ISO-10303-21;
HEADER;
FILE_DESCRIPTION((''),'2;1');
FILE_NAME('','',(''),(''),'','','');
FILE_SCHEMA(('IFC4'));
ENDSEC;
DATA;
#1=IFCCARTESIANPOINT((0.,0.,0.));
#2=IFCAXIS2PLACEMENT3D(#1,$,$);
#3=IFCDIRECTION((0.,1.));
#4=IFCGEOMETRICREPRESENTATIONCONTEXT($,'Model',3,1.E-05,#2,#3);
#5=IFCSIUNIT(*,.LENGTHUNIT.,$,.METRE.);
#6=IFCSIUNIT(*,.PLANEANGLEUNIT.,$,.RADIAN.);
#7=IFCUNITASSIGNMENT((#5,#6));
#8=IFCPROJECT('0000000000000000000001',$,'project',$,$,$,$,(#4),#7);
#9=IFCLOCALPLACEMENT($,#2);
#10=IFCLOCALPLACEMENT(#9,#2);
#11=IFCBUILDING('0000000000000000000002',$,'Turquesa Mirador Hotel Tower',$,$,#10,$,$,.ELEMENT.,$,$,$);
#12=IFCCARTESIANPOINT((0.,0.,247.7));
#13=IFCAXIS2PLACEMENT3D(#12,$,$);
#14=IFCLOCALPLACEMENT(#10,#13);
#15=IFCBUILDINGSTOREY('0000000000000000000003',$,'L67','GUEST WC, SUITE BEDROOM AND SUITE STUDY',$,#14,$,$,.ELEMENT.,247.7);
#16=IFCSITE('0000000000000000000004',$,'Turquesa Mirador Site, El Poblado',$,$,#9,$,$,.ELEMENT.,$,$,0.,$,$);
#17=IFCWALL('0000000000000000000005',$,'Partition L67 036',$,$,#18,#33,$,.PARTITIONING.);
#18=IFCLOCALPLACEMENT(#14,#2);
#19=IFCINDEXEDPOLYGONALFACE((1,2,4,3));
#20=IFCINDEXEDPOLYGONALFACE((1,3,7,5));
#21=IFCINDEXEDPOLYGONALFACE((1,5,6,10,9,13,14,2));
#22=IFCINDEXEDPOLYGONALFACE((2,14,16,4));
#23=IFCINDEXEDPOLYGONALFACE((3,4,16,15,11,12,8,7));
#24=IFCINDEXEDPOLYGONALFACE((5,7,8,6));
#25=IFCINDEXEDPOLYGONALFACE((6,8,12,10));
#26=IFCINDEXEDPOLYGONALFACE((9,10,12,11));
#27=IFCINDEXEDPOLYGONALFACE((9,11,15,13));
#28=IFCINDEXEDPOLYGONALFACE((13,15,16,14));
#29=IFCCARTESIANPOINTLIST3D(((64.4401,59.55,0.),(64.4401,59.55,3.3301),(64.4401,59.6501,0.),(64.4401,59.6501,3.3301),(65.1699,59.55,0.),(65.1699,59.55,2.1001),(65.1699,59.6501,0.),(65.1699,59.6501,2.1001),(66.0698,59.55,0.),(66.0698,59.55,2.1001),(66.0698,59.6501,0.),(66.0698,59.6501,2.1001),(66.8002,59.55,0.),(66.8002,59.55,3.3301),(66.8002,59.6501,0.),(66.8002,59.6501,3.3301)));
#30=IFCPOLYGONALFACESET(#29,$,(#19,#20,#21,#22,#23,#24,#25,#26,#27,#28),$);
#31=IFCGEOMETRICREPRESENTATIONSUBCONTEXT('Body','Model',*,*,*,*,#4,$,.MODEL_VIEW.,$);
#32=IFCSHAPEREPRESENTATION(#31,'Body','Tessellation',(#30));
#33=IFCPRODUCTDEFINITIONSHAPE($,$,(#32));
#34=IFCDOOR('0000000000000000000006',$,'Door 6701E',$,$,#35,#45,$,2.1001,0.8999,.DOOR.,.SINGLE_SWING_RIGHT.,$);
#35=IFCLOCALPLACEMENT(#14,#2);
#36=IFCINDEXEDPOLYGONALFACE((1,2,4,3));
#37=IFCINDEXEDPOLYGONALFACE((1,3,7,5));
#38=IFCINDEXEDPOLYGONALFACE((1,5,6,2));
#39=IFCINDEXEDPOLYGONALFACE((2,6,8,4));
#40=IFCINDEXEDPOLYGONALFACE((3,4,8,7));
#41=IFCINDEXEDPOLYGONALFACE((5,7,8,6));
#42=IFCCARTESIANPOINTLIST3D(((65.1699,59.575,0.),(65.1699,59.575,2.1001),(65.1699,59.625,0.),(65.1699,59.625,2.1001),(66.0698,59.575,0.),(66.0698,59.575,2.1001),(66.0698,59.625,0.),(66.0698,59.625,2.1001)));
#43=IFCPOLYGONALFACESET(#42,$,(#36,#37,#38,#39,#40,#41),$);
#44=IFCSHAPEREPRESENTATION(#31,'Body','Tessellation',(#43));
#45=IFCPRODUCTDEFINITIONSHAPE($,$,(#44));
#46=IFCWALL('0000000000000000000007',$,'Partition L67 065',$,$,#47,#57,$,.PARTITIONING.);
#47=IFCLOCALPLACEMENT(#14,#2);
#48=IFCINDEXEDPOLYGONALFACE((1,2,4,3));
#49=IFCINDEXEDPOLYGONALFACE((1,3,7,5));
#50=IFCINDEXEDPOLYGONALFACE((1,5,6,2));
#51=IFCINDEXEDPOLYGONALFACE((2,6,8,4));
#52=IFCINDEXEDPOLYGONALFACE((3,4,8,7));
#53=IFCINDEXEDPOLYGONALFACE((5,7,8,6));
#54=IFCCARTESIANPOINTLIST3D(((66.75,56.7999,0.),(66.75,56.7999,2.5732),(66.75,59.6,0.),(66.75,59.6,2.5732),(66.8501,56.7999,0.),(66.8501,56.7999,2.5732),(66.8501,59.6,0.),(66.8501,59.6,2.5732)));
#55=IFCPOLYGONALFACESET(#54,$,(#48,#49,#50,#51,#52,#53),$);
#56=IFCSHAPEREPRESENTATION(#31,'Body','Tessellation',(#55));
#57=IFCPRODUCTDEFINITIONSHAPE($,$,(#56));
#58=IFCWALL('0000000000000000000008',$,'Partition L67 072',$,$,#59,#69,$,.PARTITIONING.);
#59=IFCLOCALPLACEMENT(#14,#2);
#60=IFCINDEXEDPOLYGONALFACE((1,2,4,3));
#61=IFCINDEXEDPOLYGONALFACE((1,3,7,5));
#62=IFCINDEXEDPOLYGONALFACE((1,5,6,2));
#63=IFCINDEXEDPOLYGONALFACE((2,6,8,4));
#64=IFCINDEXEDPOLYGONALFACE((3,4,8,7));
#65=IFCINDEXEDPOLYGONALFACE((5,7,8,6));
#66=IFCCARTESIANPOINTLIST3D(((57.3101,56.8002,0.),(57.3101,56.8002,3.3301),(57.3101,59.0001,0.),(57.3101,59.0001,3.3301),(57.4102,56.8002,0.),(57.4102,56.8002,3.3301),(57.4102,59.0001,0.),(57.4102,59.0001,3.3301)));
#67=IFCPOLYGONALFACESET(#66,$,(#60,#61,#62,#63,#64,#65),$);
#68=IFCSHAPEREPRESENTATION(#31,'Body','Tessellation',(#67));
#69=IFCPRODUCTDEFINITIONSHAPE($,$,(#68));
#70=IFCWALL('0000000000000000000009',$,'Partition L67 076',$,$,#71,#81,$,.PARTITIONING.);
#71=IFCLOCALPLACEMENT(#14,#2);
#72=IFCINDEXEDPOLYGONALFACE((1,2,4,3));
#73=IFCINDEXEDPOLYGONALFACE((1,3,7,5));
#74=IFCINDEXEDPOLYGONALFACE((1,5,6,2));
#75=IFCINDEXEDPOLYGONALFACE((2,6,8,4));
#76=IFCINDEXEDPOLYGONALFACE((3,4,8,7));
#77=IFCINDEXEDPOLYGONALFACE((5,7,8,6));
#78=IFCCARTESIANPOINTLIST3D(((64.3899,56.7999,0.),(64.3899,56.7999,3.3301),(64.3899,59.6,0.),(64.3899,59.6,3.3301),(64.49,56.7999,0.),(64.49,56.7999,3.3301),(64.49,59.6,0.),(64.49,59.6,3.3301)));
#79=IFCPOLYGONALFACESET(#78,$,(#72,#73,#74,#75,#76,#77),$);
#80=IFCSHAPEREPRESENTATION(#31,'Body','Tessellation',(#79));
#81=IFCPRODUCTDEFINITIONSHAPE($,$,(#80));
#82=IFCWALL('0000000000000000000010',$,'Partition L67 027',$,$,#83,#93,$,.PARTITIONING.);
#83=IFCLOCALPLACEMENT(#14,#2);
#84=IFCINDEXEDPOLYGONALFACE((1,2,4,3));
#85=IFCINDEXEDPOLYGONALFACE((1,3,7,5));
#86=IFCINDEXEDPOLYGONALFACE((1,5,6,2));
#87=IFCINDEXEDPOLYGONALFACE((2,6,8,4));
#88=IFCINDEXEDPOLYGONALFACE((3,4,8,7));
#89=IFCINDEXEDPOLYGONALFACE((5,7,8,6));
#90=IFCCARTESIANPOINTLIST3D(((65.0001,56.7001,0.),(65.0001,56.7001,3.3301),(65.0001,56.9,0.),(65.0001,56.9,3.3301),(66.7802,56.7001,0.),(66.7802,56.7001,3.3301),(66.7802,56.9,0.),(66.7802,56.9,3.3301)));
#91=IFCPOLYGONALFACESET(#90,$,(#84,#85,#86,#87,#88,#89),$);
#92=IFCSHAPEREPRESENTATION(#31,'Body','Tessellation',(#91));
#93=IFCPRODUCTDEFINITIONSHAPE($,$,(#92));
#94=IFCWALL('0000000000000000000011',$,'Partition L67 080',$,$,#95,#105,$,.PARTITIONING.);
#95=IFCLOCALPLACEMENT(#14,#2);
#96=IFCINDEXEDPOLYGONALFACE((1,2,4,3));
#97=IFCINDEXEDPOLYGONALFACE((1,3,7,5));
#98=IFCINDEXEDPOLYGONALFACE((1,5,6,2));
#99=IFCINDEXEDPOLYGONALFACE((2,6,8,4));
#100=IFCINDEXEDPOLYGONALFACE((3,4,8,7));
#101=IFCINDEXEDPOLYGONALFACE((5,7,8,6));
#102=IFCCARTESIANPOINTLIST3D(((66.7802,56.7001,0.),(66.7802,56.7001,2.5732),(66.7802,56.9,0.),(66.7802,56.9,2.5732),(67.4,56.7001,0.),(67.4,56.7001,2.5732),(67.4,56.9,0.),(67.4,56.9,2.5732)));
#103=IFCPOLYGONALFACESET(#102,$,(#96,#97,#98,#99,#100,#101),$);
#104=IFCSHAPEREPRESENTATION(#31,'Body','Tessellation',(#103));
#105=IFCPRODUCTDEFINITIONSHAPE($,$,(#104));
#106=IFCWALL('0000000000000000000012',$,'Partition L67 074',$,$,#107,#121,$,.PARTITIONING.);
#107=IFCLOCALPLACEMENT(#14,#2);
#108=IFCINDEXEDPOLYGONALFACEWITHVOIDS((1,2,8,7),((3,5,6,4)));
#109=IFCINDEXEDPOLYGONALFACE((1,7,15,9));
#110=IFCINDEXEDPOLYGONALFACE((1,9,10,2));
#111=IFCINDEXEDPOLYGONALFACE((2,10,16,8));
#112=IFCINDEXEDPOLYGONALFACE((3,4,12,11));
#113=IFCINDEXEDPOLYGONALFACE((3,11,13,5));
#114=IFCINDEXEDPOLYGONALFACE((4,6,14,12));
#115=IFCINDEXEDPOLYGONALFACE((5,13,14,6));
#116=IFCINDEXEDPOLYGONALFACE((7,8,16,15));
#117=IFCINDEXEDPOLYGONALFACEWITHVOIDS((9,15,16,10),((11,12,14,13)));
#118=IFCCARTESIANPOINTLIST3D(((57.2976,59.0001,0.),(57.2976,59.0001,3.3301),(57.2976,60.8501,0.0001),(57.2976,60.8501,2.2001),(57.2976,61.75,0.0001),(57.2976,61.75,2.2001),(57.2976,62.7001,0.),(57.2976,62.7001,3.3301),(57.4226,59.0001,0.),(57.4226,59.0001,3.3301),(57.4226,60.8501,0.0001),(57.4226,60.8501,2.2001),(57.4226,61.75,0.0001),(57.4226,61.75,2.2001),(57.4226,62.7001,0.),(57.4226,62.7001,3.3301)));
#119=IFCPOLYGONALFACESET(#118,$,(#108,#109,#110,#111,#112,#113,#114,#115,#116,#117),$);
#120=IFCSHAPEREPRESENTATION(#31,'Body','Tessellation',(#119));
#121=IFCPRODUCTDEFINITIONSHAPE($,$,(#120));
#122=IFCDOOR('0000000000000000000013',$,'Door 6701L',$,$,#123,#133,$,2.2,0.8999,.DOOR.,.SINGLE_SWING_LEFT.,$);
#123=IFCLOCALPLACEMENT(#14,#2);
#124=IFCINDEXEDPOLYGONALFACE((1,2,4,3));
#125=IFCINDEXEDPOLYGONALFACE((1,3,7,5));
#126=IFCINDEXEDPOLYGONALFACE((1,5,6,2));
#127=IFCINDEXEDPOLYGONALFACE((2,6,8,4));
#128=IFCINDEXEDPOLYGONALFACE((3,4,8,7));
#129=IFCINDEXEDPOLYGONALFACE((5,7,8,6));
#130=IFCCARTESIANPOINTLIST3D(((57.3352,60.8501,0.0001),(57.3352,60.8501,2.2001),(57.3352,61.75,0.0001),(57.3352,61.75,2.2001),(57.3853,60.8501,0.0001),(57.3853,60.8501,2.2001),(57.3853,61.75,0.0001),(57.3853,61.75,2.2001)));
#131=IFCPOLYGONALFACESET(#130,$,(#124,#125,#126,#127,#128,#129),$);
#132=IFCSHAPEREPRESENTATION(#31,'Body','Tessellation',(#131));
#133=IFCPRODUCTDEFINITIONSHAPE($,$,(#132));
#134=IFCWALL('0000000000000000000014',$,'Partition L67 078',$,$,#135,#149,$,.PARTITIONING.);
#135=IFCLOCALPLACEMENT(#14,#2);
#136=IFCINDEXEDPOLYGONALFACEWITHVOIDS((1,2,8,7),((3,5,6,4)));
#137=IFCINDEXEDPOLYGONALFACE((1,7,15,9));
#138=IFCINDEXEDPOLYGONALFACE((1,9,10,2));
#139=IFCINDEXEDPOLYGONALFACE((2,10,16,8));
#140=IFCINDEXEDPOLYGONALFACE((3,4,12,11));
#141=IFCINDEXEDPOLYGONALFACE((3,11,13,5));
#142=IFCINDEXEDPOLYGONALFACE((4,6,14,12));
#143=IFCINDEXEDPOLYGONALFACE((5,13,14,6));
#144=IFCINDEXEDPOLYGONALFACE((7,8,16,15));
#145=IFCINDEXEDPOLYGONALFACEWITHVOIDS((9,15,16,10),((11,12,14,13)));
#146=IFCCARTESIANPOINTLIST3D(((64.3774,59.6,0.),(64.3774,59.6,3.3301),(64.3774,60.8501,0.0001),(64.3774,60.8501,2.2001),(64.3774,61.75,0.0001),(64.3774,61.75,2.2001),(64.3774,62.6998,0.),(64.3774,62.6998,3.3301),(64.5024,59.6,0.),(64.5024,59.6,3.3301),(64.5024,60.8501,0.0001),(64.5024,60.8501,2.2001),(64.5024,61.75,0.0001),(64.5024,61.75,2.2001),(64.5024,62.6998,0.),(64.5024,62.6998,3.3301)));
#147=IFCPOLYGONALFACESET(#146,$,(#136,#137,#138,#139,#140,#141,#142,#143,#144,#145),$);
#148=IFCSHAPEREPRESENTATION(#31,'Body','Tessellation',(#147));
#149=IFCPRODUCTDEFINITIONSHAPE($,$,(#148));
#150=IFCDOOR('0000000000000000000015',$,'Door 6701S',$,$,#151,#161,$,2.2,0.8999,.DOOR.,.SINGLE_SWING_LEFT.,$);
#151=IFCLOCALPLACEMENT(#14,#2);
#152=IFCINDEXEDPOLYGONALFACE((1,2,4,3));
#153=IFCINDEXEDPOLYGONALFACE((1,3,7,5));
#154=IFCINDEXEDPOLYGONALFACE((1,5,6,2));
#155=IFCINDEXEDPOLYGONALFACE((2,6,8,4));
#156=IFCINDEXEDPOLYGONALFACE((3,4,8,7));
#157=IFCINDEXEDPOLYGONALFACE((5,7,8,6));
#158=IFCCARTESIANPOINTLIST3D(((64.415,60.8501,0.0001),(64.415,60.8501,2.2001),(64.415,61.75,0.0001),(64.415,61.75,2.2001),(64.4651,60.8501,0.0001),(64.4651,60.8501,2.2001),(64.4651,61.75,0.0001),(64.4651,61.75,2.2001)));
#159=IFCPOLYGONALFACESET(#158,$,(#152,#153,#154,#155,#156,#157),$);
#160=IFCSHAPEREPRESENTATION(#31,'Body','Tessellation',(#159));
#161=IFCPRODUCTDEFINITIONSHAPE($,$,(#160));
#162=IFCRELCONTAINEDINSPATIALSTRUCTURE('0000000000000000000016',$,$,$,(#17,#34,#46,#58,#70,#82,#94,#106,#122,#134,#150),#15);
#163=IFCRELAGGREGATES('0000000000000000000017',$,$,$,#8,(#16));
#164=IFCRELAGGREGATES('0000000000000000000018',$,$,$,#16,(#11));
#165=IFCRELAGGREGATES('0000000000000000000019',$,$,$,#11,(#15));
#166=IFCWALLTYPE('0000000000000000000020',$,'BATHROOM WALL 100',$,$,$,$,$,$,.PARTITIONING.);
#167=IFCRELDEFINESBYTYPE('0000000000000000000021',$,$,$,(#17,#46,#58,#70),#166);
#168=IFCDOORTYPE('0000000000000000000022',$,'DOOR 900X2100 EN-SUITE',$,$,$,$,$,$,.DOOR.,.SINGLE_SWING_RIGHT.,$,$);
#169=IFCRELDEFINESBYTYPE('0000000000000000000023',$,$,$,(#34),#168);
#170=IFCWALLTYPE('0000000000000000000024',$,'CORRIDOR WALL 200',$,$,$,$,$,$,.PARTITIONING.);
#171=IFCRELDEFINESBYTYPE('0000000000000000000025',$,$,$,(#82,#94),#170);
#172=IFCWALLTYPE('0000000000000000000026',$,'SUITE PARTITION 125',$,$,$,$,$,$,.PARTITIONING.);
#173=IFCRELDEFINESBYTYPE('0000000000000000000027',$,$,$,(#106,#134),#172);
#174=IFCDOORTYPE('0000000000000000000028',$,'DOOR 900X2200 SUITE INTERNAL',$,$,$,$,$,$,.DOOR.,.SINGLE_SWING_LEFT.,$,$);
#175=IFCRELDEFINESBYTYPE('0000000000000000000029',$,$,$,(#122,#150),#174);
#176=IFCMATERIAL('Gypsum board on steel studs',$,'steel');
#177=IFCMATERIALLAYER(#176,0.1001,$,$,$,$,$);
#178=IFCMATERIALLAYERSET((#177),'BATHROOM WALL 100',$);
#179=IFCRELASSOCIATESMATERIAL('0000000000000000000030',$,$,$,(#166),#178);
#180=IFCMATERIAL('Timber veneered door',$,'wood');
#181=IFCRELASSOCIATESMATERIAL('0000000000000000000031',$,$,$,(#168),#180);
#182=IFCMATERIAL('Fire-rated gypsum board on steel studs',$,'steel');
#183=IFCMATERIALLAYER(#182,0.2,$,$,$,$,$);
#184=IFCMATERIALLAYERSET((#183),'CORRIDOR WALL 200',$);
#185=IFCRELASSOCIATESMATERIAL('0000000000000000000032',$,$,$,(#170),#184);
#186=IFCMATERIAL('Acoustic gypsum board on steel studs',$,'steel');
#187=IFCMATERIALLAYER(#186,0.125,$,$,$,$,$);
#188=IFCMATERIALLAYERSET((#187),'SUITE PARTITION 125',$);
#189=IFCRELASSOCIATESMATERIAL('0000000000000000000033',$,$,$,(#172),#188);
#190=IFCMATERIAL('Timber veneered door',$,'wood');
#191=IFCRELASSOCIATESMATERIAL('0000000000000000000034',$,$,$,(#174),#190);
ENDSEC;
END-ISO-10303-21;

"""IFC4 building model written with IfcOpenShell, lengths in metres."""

from ifc_helpers import new_model, si_unit, direction, frame, frame_2d, origin, place, context, subcontext, project, spatial, rectangle, extrude, material, layer, layer_set, type_object, element, fill, save


model = new_model("IFC4")

# Units and contexts
model_context = context("Model", 3, precision=1e-05, world=origin(), true_north=direction((0.0, 1.0)))
body_context = subcontext(model_context, "Body", "Model", "MODEL_VIEW")
ifc_project = project(units=[si_unit("LENGTHUNIT", "METRE"), si_unit("PLANEANGLEUNIT", "RADIAN")], contexts=[model_context])

# Site, building, storey
site_placement = place(None, origin())
site = spatial("IfcSite", under=ifc_project, at=site_placement, Name="Turquesa Mirador Site, El Poblado", CompositionType="ELEMENT", RefElevation=0.0)
building_placement = place(site_placement, origin())
building = spatial("IfcBuilding", under=site, at=building_placement, Name="Turquesa Mirador Hotel Tower", CompositionType="ELEMENT")
storey_placement = place(building_placement, frame((0.0, 0.0, 247.7)))
storey = spatial("IfcBuildingStorey", under=building, at=storey_placement, Name="L67", Description="GUEST WC, SUITE BEDROOM AND SUITE STUDY", CompositionType="ELEMENT", Elevation=247.7)

# Shared definitions
ifc_material_1 = material(Name="Gypsum board on steel studs", Category="steel")
ifc_layer_1 = layer(ifc_material_1, 0.1001)
ifc_layer_set_1 = layer_set([ifc_layer_1], Name="BATHROOM WALL 100")
wall_type_1 = type_object("IfcWallType", Name="BATHROOM WALL 100", PredefinedType="PARTITIONING", material=ifc_layer_set_1)

# Wall, opening, door
wall_1_placement = place(storey_placement, frame((64.4399, 59.6001, 0.0), z_axis=(0.0, 0.0, 1.0), x_axis=(1.0, 0.0, 0.0)))
wall_1 = element("IfcWall", 1, at=wall_1_placement, inside=storey, type_object=wall_type_1, Name="Partition L67 036", PredefinedType="PARTITIONING", context=body_context, shape_type="SweptSolid", body=[
    extrude(rectangle(XDim=2.3601, YDim=0.1001, at=frame_2d((1.1802, 0.0))), origin(), (0.0, 0.0, 1.0), 3.3301),
])
opening_1_placement = place(wall_1_placement, frame((0.73, 0.0, 0.0)))
opening_1 = element("IfcOpeningElement", 2, at=opening_1_placement, cuts=wall_1, PredefinedType="OPENING", context=body_context, shape_type="SweptSolid", body=[
    extrude(rectangle(XDim=0.8999, YDim=2.1001, at=frame_2d((0.45, 1.05))), frame((0.0, 0.0601, 0.0), z_axis=(0.0, -1.0, 0.0), x_axis=(1.0, 0.0, 0.0)), (0.0, 0.0, 1.0), 0.1201),
])
ifc_material_2 = material(Name="Timber veneered door", Category="wood")
door_type_1 = type_object("IfcDoorType", Name="DOOR 900X2100 EN-SUITE", OperationType="SINGLE_SWING_RIGHT", PredefinedType="DOOR", material=ifc_material_2)
door_1_placement = place(opening_1_placement, origin())
door_1 = element("IfcDoor", 3, at=door_1_placement, inside=storey, type_object=door_type_1, Name="Door 6701E", OperationType="SINGLE_SWING_RIGHT", OverallHeight=2.1001, OverallWidth=0.8999, PredefinedType="DOOR", context=body_context, shape_type="SweptSolid", body=[
    extrude(rectangle(XDim=0.8999, YDim=2.1001, at=frame_2d((0.45, 1.05))), frame((0.0, 0.0249, 0.0), z_axis=(0.0, -1.0, 0.0), x_axis=(1.0, 0.0, 0.0)), (0.0, 0.0, 1.0), 0.05),
])
fill(opening_1, door_1)

# Walls
wall_2_placement = place(storey_placement, frame((66.8, 56.8, 0.0), z_axis=(0.0, 0.0, 1.0), x_axis=(0.0, 1.0, 0.0)))
element("IfcWall", 4, at=wall_2_placement, inside=storey, type_object=wall_type_1, Name="Partition L67 065", PredefinedType="PARTITIONING", context=body_context, shape_type="SweptSolid", body=[
    extrude(rectangle(XDim=2.8, YDim=0.1001, at=frame_2d((1.3999, 0.0))), origin(), (0.0, 0.0, 1.0), 2.5732),
])
wall_3_placement = place(storey_placement, frame((57.3601, 56.8, 0.0), z_axis=(0.0, 0.0, 1.0), x_axis=(0.0, 1.0, 0.0)))
element("IfcWall", 5, at=wall_3_placement, inside=storey, type_object=wall_type_1, Name="Partition L67 072", PredefinedType="PARTITIONING", context=body_context, shape_type="SweptSolid", body=[
    extrude(rectangle(XDim=2.2, YDim=0.1001, at=frame_2d((1.1001, 0.0))), origin(), (0.0, 0.0, 1.0), 3.3301),
])
wall_4_placement = place(storey_placement, frame((64.4399, 56.8, 0.0), z_axis=(0.0, 0.0, 1.0), x_axis=(0.0, 1.0, 0.0)))
element("IfcWall", 6, at=wall_4_placement, inside=storey, type_object=wall_type_1, Name="Partition L67 076", PredefinedType="PARTITIONING", context=body_context, shape_type="SweptSolid", body=[
    extrude(rectangle(XDim=2.8, YDim=0.1001, at=frame_2d((1.3999, 0.0))), origin(), (0.0, 0.0, 1.0), 3.3301),
])
ifc_material_3 = material(Name="Fire-rated gypsum board on steel studs", Category="steel")
ifc_layer_2 = layer(ifc_material_3, 0.2)
ifc_layer_set_2 = layer_set([ifc_layer_2], Name="CORRIDOR WALL 200")
wall_type_2 = type_object("IfcWallType", Name="CORRIDOR WALL 200", PredefinedType="PARTITIONING", material=ifc_layer_set_2)
wall_5_placement = place(storey_placement, frame((65.0, 56.8, 0.0), z_axis=(0.0, 0.0, 1.0), x_axis=(1.0, 0.0, 0.0)))
element("IfcWall", 7, at=wall_5_placement, inside=storey, type_object=wall_type_2, Name="Partition L67 027", PredefinedType="PARTITIONING", context=body_context, shape_type="SweptSolid", body=[
    extrude(rectangle(XDim=1.78, YDim=0.2, at=frame_2d((0.8901, 0.0))), origin(), (0.0, 0.0, 1.0), 3.3301),
])
wall_6_placement = place(storey_placement, frame((66.78, 56.8, 0.0), z_axis=(0.0, 0.0, 1.0), x_axis=(1.0, 0.0, 0.0)))
element("IfcWall", 8, at=wall_6_placement, inside=storey, type_object=wall_type_2, Name="Partition L67 080", PredefinedType="PARTITIONING", context=body_context, shape_type="SweptSolid", body=[
    extrude(rectangle(XDim=0.6199, YDim=0.2, at=frame_2d((0.3101, 0.0))), origin(), (0.0, 0.0, 1.0), 2.5732),
])

# Walls, openings, doors
ifc_material_4 = material(Name="Acoustic gypsum board on steel studs", Category="steel")
ifc_layer_3 = layer(ifc_material_4, 0.125)
ifc_layer_set_3 = layer_set([ifc_layer_3], Name="SUITE PARTITION 125")
wall_type_3 = type_object("IfcWallType", Name="SUITE PARTITION 125", PredefinedType="PARTITIONING", material=ifc_layer_set_3)
wall_7_placement = place(storey_placement, frame((57.3601, 59.0, 0.0), z_axis=(0.0, 0.0, 1.0), x_axis=(0.0, 1.0, 0.0)))
wall_7 = element("IfcWall", 9, at=wall_7_placement, inside=storey, type_object=wall_type_3, Name="Partition L67 074", PredefinedType="PARTITIONING", context=body_context, shape_type="SweptSolid", body=[
    extrude(rectangle(XDim=3.7, YDim=0.125, at=frame_2d((1.8501, 0.0))), origin(), (0.0, 0.0, 1.0), 3.3301),
])
opening_2_placement = place(wall_7_placement, frame((1.8501, 0.0, 0.0)))
opening_2 = element("IfcOpeningElement", 10, at=opening_2_placement, cuts=wall_7, PredefinedType="OPENING", context=body_context, shape_type="SweptSolid", body=[
    extrude(rectangle(XDim=0.8999, YDim=2.2, at=frame_2d((0.45, 1.1001))), frame((0.0, 0.0725, 0.0), z_axis=(0.0, -1.0, 0.0), x_axis=(1.0, 0.0, 0.0)), (0.0, 0.0, 1.0), 0.145),
])
ifc_material_5 = material(Name="Timber veneered door", Category="wood")
door_type_2 = type_object("IfcDoorType", Name="DOOR 900X2200 SUITE INTERNAL", OperationType="SINGLE_SWING_LEFT", PredefinedType="DOOR", material=ifc_material_5)
door_2_placement = place(opening_2_placement, origin())
door_2 = element("IfcDoor", 11, at=door_2_placement, inside=storey, type_object=door_type_2, Name="Door 6701L", OperationType="SINGLE_SWING_LEFT", OverallHeight=2.2, OverallWidth=0.8999, PredefinedType="DOOR", context=body_context, shape_type="SweptSolid", body=[
    extrude(rectangle(XDim=0.8999, YDim=2.2, at=frame_2d((0.45, 1.1001))), frame((0.0, 0.0249, 0.0), z_axis=(0.0, -1.0, 0.0), x_axis=(1.0, 0.0, 0.0)), (0.0, 0.0, 1.0), 0.05),
])
fill(opening_2, door_2)
wall_8_placement = place(storey_placement, frame((64.4399, 59.6001, 0.0), z_axis=(0.0, 0.0, 1.0), x_axis=(0.0, 1.0, 0.0)))
wall_8 = element("IfcWall", 12, at=wall_8_placement, inside=storey, type_object=wall_type_3, Name="Partition L67 078", PredefinedType="PARTITIONING", context=body_context, shape_type="SweptSolid", body=[
    extrude(rectangle(XDim=3.0999, YDim=0.125, at=frame_2d((1.5498, 0.0))), origin(), (0.0, 0.0, 1.0), 3.3301),
])
opening_3_placement = place(wall_8_placement, frame((1.25, 0.0, 0.0)))
opening_3 = element("IfcOpeningElement", 13, at=opening_3_placement, cuts=wall_8, PredefinedType="OPENING", context=body_context, shape_type="SweptSolid", body=[
    extrude(rectangle(XDim=0.8999, YDim=2.2, at=frame_2d((0.45, 1.1001))), frame((0.0, 0.0725, 0.0), z_axis=(0.0, -1.0, 0.0), x_axis=(1.0, 0.0, 0.0)), (0.0, 0.0, 1.0), 0.145),
])
door_3_placement = place(opening_3_placement, origin())
door_3 = element("IfcDoor", 14, at=door_3_placement, inside=storey, type_object=door_type_2, Name="Door 6701S", OperationType="SINGLE_SWING_LEFT", OverallHeight=2.2, OverallWidth=0.8999, PredefinedType="DOOR", context=body_context, shape_type="SweptSolid", body=[
    extrude(rectangle(XDim=0.8999, YDim=2.2, at=frame_2d((0.45, 1.1001))), frame((0.0, 0.0249, 0.0), z_axis=(0.0, -1.0, 0.0), x_axis=(1.0, 0.0, 0.0)), (0.0, 0.0, 1.0), 0.05),
])
fill(opening_3, door_3)

save(model, "model.ifc")
